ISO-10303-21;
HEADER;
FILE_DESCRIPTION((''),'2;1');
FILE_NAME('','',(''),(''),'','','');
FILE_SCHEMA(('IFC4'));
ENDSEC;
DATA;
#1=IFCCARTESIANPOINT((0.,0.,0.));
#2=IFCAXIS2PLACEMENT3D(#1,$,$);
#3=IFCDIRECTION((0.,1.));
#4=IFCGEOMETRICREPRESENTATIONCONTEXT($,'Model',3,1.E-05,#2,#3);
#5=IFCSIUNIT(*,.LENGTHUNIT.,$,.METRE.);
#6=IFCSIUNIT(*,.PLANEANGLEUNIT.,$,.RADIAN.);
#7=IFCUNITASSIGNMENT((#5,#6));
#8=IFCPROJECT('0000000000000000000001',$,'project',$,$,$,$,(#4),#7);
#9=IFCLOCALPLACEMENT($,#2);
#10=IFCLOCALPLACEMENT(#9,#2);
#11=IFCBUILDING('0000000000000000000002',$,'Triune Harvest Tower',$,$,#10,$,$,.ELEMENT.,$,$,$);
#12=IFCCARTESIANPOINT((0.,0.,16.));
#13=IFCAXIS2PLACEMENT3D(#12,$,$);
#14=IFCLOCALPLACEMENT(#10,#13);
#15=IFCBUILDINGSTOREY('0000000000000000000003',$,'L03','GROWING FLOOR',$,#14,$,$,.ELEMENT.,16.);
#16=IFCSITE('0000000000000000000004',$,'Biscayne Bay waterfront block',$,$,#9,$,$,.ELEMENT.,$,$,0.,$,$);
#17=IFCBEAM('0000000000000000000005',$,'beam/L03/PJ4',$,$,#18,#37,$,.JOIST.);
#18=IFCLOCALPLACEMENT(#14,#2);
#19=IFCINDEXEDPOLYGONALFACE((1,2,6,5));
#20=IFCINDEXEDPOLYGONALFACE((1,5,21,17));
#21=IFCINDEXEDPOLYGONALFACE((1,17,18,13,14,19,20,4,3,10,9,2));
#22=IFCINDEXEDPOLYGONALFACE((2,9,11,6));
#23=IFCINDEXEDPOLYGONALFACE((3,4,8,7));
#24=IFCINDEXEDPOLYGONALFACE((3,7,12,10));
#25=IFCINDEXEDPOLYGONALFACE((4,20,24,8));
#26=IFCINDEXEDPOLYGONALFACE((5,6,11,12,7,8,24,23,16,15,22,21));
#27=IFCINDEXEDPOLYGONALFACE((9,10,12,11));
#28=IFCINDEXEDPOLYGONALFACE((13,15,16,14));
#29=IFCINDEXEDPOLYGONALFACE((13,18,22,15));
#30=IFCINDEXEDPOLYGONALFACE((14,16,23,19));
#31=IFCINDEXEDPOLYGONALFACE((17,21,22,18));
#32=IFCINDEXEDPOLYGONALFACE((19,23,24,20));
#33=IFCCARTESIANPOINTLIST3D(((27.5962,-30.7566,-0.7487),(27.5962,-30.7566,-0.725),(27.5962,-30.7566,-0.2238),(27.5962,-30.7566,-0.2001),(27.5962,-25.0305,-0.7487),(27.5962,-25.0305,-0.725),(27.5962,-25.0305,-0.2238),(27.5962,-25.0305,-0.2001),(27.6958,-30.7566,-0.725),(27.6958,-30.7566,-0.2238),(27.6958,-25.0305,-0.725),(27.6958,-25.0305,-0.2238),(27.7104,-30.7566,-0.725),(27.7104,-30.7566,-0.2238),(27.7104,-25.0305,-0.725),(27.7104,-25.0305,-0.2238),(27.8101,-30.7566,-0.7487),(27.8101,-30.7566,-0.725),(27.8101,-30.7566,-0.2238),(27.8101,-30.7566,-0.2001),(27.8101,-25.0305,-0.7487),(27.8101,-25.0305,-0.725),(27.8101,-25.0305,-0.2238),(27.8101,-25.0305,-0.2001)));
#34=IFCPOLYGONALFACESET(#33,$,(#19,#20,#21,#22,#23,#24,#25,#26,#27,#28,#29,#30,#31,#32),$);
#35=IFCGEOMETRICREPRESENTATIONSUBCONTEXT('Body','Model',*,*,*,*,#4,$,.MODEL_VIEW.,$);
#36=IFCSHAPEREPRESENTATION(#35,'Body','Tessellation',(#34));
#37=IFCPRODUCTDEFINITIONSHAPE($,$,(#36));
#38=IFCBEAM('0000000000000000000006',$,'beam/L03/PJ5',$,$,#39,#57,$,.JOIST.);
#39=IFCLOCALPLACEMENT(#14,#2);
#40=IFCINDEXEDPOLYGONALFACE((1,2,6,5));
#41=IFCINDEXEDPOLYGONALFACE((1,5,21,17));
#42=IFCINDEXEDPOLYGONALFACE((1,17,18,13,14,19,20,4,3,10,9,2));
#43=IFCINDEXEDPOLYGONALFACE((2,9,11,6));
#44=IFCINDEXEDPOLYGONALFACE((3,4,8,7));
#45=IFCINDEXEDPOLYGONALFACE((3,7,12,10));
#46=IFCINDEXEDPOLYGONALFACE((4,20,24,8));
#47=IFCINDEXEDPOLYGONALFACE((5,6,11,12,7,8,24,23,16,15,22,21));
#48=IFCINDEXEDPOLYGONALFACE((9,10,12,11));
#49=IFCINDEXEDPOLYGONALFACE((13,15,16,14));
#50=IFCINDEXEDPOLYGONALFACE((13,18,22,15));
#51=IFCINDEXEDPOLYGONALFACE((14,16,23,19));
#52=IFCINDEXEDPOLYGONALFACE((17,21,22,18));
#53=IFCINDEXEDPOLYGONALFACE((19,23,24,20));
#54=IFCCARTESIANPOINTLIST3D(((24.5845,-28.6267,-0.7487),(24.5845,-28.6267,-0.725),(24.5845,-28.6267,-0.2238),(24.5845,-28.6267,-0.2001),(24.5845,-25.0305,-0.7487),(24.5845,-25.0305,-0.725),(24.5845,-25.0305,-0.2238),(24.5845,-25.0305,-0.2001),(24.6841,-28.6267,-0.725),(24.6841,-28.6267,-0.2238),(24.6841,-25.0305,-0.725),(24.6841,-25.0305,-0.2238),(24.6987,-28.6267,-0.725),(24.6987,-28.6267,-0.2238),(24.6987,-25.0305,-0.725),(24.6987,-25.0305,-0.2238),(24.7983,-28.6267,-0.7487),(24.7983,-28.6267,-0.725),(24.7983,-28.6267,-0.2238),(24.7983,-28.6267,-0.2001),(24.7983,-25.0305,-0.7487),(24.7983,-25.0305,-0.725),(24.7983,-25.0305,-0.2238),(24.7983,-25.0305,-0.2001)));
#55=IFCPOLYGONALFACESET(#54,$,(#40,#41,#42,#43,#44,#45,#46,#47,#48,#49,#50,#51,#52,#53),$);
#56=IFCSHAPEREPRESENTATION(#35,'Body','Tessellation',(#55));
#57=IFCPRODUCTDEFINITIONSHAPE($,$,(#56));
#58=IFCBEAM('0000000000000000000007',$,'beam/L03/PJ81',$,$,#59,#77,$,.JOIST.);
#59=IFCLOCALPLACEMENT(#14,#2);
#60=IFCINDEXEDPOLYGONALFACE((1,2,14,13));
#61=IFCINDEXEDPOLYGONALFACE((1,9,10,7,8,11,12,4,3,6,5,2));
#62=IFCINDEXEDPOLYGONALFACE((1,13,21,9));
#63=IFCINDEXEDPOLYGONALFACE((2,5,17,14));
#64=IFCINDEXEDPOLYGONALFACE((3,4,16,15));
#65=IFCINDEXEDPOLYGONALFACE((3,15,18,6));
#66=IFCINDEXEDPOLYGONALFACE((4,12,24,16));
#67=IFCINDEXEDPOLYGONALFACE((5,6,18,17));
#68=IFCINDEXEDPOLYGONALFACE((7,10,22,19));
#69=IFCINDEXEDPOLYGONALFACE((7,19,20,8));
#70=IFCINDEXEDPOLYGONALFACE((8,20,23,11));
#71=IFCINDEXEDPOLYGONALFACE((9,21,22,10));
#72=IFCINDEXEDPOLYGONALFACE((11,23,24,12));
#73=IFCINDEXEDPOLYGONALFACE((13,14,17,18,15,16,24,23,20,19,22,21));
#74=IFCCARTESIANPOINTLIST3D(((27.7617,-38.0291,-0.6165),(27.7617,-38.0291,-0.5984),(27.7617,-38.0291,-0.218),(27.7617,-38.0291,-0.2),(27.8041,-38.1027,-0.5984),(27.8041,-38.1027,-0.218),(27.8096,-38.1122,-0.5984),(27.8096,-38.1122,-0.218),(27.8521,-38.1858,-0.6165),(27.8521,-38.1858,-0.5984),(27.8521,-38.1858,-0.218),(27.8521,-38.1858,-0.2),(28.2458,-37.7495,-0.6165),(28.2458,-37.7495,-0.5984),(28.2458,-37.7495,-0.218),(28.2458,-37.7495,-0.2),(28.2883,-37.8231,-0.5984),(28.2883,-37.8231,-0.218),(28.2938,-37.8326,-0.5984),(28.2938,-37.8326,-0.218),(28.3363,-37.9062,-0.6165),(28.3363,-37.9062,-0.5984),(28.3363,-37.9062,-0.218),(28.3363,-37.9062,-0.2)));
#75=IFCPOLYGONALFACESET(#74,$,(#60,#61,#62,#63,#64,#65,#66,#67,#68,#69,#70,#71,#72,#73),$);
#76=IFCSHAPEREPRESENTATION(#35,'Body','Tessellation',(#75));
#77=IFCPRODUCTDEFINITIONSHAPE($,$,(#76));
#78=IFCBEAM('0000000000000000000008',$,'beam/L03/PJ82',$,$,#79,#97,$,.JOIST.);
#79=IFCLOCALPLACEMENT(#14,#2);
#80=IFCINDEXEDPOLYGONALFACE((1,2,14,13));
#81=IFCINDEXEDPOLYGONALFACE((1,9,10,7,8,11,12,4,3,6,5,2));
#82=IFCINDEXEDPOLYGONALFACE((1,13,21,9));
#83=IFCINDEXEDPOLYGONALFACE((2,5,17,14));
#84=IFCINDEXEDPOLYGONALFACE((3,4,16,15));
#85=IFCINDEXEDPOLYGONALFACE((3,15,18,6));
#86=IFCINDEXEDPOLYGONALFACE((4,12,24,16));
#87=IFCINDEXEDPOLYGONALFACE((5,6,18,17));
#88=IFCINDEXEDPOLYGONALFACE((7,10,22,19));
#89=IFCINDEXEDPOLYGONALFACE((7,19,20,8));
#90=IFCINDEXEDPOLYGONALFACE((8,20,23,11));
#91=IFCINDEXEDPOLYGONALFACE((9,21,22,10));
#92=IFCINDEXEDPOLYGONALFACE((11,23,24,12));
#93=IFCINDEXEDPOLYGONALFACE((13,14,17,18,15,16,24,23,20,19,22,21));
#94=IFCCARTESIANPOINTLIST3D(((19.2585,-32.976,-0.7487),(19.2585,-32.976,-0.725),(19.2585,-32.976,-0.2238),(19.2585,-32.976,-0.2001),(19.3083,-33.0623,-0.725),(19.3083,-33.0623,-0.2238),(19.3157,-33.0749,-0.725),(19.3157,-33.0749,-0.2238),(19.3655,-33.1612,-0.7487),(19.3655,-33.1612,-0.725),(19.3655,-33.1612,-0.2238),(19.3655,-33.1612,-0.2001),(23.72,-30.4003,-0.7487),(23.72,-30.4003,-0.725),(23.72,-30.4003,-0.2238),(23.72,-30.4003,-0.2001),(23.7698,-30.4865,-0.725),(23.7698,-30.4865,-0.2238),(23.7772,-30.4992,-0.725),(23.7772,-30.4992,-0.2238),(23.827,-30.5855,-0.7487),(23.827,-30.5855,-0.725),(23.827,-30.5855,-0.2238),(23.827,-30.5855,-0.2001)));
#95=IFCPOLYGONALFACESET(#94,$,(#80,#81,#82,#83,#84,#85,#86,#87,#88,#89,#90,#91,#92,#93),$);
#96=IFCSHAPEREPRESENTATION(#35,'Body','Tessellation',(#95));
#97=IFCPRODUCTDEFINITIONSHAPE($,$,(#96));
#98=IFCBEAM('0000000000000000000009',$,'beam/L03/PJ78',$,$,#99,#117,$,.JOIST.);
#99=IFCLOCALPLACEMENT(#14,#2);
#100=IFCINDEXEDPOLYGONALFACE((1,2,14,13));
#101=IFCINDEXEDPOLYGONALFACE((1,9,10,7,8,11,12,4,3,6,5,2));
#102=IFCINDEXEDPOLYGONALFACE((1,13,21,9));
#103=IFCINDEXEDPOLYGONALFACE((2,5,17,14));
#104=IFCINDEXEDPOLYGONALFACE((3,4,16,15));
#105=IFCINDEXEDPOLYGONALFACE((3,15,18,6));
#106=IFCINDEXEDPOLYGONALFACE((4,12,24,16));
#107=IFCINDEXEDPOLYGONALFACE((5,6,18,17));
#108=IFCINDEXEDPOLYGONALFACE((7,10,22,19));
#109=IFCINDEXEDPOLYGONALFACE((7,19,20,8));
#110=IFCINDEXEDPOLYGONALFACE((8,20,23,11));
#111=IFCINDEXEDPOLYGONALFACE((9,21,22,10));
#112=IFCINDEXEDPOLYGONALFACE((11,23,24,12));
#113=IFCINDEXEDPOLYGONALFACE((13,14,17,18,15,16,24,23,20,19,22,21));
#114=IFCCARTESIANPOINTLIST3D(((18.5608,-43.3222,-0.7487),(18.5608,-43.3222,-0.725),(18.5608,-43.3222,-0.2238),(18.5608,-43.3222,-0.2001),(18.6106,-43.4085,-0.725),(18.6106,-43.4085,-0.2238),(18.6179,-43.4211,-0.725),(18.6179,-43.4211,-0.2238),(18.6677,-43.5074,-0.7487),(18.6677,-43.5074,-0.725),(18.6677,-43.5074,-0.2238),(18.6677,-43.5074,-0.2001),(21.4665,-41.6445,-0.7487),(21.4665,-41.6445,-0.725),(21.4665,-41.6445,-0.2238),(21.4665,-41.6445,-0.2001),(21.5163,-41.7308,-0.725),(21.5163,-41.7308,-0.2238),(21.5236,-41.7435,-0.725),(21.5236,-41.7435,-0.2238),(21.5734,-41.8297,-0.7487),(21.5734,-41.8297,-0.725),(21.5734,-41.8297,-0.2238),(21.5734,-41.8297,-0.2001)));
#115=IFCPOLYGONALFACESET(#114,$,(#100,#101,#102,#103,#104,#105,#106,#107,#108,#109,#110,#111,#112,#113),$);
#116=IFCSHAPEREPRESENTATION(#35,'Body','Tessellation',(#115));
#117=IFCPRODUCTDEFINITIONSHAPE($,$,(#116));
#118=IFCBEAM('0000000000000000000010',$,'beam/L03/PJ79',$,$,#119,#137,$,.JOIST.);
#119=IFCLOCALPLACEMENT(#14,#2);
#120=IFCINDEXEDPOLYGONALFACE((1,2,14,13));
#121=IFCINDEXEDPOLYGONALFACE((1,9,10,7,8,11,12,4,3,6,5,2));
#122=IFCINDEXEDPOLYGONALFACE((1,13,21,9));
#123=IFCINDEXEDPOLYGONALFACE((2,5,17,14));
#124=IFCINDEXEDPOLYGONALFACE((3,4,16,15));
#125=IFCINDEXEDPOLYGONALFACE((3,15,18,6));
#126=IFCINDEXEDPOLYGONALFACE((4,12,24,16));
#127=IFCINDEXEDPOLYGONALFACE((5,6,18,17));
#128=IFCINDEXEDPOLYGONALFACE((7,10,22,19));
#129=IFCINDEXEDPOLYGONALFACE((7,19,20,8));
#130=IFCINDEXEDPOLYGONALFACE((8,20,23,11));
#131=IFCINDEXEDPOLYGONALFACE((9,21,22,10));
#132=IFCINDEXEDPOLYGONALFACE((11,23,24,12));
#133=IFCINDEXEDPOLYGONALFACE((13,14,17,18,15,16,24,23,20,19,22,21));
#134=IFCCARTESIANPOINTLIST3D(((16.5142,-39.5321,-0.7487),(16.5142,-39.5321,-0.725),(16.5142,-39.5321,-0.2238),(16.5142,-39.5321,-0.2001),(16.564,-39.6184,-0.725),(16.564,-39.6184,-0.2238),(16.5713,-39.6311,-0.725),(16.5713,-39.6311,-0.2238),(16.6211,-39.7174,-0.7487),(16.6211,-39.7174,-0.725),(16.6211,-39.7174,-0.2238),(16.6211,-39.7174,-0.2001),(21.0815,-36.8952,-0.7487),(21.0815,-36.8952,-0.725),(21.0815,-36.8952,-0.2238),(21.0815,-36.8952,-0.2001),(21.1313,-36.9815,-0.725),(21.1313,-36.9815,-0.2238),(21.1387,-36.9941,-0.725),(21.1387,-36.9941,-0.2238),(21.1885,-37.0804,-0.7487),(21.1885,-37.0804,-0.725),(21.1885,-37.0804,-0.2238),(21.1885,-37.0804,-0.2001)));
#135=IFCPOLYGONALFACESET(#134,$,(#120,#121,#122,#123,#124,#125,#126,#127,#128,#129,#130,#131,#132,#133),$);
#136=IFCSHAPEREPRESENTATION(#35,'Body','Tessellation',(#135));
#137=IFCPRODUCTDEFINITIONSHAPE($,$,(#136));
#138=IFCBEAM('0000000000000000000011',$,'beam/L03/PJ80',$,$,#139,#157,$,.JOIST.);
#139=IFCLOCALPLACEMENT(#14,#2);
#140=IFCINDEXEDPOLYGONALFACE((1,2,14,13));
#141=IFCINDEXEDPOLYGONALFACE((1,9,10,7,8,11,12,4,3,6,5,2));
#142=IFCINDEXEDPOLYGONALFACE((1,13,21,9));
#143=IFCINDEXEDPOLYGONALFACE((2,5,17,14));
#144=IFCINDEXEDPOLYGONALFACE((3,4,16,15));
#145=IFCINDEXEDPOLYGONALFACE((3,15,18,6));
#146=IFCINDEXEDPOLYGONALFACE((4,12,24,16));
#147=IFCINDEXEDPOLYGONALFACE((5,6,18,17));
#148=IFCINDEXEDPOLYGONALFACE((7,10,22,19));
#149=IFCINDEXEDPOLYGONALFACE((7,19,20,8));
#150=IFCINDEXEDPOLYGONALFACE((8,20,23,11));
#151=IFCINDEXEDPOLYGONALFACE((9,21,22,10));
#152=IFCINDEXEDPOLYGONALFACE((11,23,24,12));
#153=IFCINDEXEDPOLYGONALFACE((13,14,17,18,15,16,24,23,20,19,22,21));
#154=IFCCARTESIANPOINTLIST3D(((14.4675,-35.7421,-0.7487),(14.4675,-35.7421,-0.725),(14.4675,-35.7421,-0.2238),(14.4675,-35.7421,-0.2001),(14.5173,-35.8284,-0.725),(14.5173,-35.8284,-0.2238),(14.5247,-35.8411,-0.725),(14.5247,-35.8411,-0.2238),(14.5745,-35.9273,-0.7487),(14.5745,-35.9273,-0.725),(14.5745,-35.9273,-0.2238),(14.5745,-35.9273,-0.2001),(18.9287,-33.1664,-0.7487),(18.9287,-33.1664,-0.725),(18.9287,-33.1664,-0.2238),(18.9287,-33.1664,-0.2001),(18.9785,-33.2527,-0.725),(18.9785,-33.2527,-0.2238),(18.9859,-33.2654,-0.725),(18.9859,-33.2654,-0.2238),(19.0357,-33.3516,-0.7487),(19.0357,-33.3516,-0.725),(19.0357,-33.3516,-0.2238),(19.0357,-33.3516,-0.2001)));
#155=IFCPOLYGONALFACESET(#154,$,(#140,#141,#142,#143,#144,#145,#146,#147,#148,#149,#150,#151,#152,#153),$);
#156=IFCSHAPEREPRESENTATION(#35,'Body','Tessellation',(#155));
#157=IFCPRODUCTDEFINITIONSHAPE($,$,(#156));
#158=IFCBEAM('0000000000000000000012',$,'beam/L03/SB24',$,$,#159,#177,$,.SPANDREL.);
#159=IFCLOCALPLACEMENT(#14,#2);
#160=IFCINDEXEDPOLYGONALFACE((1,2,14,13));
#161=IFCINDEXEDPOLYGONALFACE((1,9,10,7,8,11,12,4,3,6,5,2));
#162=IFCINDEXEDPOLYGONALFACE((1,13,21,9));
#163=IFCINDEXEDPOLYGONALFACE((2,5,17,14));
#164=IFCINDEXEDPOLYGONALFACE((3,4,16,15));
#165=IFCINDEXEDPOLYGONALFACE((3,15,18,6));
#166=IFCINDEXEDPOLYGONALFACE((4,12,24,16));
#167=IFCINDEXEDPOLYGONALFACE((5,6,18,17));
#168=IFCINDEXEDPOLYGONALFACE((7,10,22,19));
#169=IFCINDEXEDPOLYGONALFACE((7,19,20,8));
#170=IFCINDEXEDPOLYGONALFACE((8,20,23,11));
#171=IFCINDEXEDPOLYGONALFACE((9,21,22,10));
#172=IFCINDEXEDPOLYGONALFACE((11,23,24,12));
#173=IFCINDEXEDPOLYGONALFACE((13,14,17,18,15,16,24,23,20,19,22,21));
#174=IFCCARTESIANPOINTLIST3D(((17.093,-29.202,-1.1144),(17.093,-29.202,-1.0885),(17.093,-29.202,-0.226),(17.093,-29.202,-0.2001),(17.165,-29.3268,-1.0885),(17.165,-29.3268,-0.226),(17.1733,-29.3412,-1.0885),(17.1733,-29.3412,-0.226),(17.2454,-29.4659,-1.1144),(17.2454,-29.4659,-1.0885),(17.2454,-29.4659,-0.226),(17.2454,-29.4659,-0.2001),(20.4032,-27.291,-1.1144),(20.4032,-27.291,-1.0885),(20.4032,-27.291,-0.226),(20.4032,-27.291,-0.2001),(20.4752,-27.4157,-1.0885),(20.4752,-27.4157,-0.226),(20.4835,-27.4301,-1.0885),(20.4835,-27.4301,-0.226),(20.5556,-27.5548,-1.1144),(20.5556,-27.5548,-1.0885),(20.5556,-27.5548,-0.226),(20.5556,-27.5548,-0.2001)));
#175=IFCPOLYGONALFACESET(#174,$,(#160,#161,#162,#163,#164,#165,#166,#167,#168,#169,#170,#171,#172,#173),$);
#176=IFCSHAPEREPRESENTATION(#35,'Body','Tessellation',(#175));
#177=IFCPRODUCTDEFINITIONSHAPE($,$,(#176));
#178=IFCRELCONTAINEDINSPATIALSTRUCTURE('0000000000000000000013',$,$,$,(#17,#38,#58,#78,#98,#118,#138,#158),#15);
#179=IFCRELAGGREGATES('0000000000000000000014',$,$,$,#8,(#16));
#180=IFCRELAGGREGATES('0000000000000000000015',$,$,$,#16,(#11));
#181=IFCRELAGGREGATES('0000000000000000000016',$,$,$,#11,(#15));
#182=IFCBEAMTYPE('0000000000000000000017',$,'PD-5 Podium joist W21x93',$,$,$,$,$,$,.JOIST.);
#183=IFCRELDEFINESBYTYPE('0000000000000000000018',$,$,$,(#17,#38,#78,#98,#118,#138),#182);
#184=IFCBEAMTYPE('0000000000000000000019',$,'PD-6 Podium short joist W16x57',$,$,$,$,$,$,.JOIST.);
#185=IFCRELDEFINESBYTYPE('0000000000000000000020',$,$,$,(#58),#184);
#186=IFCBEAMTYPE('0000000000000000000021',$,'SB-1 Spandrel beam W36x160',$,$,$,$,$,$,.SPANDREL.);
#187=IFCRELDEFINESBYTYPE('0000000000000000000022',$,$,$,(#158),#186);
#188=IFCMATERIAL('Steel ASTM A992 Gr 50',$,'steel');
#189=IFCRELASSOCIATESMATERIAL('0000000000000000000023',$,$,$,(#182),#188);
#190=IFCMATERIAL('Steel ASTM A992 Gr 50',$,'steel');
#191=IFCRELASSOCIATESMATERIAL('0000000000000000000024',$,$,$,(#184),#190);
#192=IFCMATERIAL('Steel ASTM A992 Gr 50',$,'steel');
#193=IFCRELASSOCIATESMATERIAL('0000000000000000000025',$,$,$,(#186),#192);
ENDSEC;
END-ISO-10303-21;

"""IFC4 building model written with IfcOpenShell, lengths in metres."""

from ifc_helpers import new_model, si_unit, direction, frame, origin, origin_2d, place, context, subcontext, project, spatial, i_section, extrude, source, transform, mapped, material, material_profile, profile_set, type_object, element, save


model = new_model("IFC4")

# Units and contexts
model_context = context("Model", 3, precision=1e-05, world=origin(), true_north=direction((0.0, 1.0)))
body_context = subcontext(model_context, "Body", "Model", "MODEL_VIEW")
ifc_project = project(units=[si_unit("LENGTHUNIT", "METRE"), si_unit("PLANEANGLEUNIT", "RADIAN")], contexts=[model_context])

# Site, building, storey
site_placement = place(None, origin())
site = spatial("IfcSite", under=ifc_project, at=site_placement, Name="Biscayne Bay waterfront block", CompositionType="ELEMENT", RefElevation=0.0)
building_placement = place(site_placement, origin())
building = spatial("IfcBuilding", under=site, at=building_placement, Name="Triune Harvest Tower", CompositionType="ELEMENT")
storey_placement = place(building_placement, frame((0.0, 0.0, 16.0)))
storey = spatial("IfcBuildingStorey", under=building, at=storey_placement, Name="L03", Description="GROWING FLOOR", CompositionType="ELEMENT", Elevation=16.0)

# Beams
ifc_material_1 = material(Name="Steel ASTM A992 Gr 50", Category="steel")
ifc_material_profile_1 = material_profile(ifc_material_1, i_section(OverallWidth=0.2139, OverallDepth=0.5486, WebThickness=0.0146, FlangeThickness=0.0237, at=origin_2d()), Name="W21x93")
ifc_profile_set_1 = profile_set([ifc_material_profile_1], Name="Steel ASTM A992 Gr 50")
beam_type_1 = type_object("IfcBeamType", Name="PD-5 Podium joist W21x93", PredefinedType="JOIST", material=ifc_profile_set_1)
ifc_material_2 = material(Name="Steel ASTM A992 Gr 50", Category="steel")
ifc_material_profile_2 = material_profile(ifc_material_2, i_section(OverallWidth=0.1809, OverallDepth=0.4165, WebThickness=0.011, FlangeThickness=0.0181, at=origin_2d()), Name="W16x57")
ifc_profile_set_2 = profile_set([ifc_material_profile_2], Name="Steel ASTM A992 Gr 50")
beam_type_2 = type_object("IfcBeamType", Name="PD-6 Podium short joist W16x57", PredefinedType="JOIST", material=ifc_profile_set_2)
shared_shape_1 = source(origin(), body_context, "Body", "SweptSolid", [
    extrude(i_section(OverallWidth=0.2139, OverallDepth=0.5486, WebThickness=0.0146, FlangeThickness=0.0237, at=origin_2d()), origin(), (0.0, 0.0, 1.0), 5.7261),
])
beam_1_placement = place(storey_placement, frame((27.7031, -30.7566, -0.4744), z_axis=(0.0, 1.0, 0.0), x_axis=(-1.0, 0.0, 0.0)))
element("IfcBeam", 1, at=beam_1_placement, inside=storey, type_object=beam_type_1, Name="beam/L03/PJ4", PredefinedType="JOIST", context=body_context, shape_type="MappedRepresentation", body=[
    mapped(shared_shape_1, transform((0.0, 0.0, 0.0), scale=1.0)),
])
shared_shape_2 = source(origin(), body_context, "Body", "SweptSolid", [
    extrude(i_section(OverallWidth=0.2139, OverallDepth=0.5486, WebThickness=0.0146, FlangeThickness=0.0237, at=origin_2d()), origin(), (0.0, 0.0, 1.0), 3.5962),
])
beam_2_placement = place(storey_placement, frame((24.6914, -28.6267, -0.4744), z_axis=(0.0, 1.0, 0.0), x_axis=(-1.0, 0.0, 0.0)))
element("IfcBeam", 2, at=beam_2_placement, inside=storey, type_object=beam_type_1, Name="beam/L03/PJ5", PredefinedType="JOIST", context=body_context, shape_type="MappedRepresentation", body=[
    mapped(shared_shape_2, transform((0.0, 0.0, 0.0), scale=1.0)),
])
shared_shape_3 = source(origin(), body_context, "Body", "SweptSolid", [
    extrude(i_section(OverallWidth=0.1809, OverallDepth=0.4165, WebThickness=0.011, FlangeThickness=0.0181, at=origin_2d()), origin(), (0.0, 0.0, 1.0), 0.5591),
])
beam_3_placement = place(storey_placement, frame((27.8069, -38.1074, -0.4082), z_axis=(0.866004, 0.500037, 0.0), x_axis=(-0.500037, 0.866004, 0.0)))
element("IfcBeam", 3, at=beam_3_placement, inside=storey, type_object=beam_type_2, Name="beam/L03/PJ81", PredefinedType="JOIST", context=body_context, shape_type="MappedRepresentation", body=[
    mapped(shared_shape_3, transform((0.0, 0.0, 0.0), scale=1.0)),
])
shared_shape_4 = source(origin(), body_context, "Body", "SweptSolid", [
    extrude(i_section(OverallWidth=0.2139, OverallDepth=0.5486, WebThickness=0.0146, FlangeThickness=0.0237, at=origin_2d()), origin(), (0.0, 0.0, 1.0), 5.1516),
])
beam_4_placement = place(storey_placement, frame((19.312, -33.0686, -0.4744), z_axis=(0.866036, 0.499982, 0.0), x_axis=(-0.499982, 0.866036, 0.0)))
element("IfcBeam", 4, at=beam_4_placement, inside=storey, type_object=beam_type_1, Name="beam/L03/PJ82", PredefinedType="JOIST", context=body_context, shape_type="MappedRepresentation", body=[
    mapped(shared_shape_4, transform((0.0, 0.0, 0.0), scale=1.0)),
])
shared_shape_5 = source(origin(), body_context, "Body", "SweptSolid", [
    extrude(i_section(OverallWidth=0.2139, OverallDepth=0.5486, WebThickness=0.0146, FlangeThickness=0.0237, at=origin_2d()), origin(), (0.0, 0.0, 1.0), 3.3552),
])
beam_5_placement = place(storey_placement, frame((18.6143, -43.4148, -0.4744), z_axis=(0.866014, 0.500021, 0.0), x_axis=(-0.500021, 0.866014, 0.0)))
element("IfcBeam", 5, at=beam_5_placement, inside=storey, type_object=beam_type_1, Name="beam/L03/PJ78", PredefinedType="JOIST", context=body_context, shape_type="MappedRepresentation", body=[
    mapped(shared_shape_5, transform((0.0, 0.0, 0.0), scale=1.0)),
])
shared_shape_6 = source(origin(), body_context, "Body", "SweptSolid", [
    extrude(i_section(OverallWidth=0.2139, OverallDepth=0.5486, WebThickness=0.0146, FlangeThickness=0.0237, at=origin_2d()), origin(), (0.0, 0.0, 1.0), 5.2739),
])
beam_6_placement = place(storey_placement, frame((16.5676, -39.6248, -0.4744), z_axis=(0.866027, 0.499998, 0.0), x_axis=(-0.499998, 0.866027, 0.0)))
element("IfcBeam", 6, at=beam_6_placement, inside=storey, type_object=beam_type_1, Name="beam/L03/PJ79", PredefinedType="JOIST", context=body_context, shape_type="MappedRepresentation", body=[
    mapped(shared_shape_6, transform((0.0, 0.0, 0.0), scale=1.0)),
])
shared_shape_7 = source(origin(), body_context, "Body", "SweptSolid", [
    extrude(i_section(OverallWidth=0.2139, OverallDepth=0.5486, WebThickness=0.0146, FlangeThickness=0.0237, at=origin_2d()), origin(), (0.0, 0.0, 1.0), 5.1514),
])
beam_7_placement = place(storey_placement, frame((14.521, -35.8347, -0.4744), z_axis=(0.866024, 0.500003, 0.0), x_axis=(-0.500003, 0.866024, 0.0)))
element("IfcBeam", 7, at=beam_7_placement, inside=storey, type_object=beam_type_1, Name="beam/L03/PJ80", PredefinedType="JOIST", context=body_context, shape_type="MappedRepresentation", body=[
    mapped(shared_shape_7, transform((0.0, 0.0, 0.0), scale=1.0)),
])
ifc_material_3 = material(Name="Steel ASTM A992 Gr 50", Category="steel")
ifc_material_profile_3 = material_profile(ifc_material_3, i_section(OverallWidth=0.3047, OverallDepth=0.9143, WebThickness=0.0166, FlangeThickness=0.0259, at=origin_2d()), Name="W36x160")
ifc_profile_set_3 = profile_set([ifc_material_profile_3], Name="Steel ASTM A992 Gr 50")
beam_type_3 = type_object("IfcBeamType", Name="SB-1 Spandrel beam W36x160", PredefinedType="SPANDREL", material=ifc_profile_set_3)
shared_shape_8 = source(origin(), body_context, "Body", "SweptSolid", [
    extrude(i_section(OverallWidth=0.3047, OverallDepth=0.9143, WebThickness=0.0166, FlangeThickness=0.0259, at=origin_2d()), origin(), (0.0, 0.0, 1.0), 3.8223),
])
beam_8_placement = place(storey_placement, frame((17.1692, -29.334, -0.6572), z_axis=(0.866033, 0.499986, 0.0), x_axis=(-0.499986, 0.866033, 0.0)))
element("IfcBeam", 8, at=beam_8_placement, inside=storey, type_object=beam_type_3, Name="beam/L03/SB24", PredefinedType="SPANDREL", context=body_context, shape_type="MappedRepresentation", body=[
    mapped(shared_shape_8, transform((0.0, 0.0, 0.0), scale=1.0)),
])

save(model, "model.ifc")
